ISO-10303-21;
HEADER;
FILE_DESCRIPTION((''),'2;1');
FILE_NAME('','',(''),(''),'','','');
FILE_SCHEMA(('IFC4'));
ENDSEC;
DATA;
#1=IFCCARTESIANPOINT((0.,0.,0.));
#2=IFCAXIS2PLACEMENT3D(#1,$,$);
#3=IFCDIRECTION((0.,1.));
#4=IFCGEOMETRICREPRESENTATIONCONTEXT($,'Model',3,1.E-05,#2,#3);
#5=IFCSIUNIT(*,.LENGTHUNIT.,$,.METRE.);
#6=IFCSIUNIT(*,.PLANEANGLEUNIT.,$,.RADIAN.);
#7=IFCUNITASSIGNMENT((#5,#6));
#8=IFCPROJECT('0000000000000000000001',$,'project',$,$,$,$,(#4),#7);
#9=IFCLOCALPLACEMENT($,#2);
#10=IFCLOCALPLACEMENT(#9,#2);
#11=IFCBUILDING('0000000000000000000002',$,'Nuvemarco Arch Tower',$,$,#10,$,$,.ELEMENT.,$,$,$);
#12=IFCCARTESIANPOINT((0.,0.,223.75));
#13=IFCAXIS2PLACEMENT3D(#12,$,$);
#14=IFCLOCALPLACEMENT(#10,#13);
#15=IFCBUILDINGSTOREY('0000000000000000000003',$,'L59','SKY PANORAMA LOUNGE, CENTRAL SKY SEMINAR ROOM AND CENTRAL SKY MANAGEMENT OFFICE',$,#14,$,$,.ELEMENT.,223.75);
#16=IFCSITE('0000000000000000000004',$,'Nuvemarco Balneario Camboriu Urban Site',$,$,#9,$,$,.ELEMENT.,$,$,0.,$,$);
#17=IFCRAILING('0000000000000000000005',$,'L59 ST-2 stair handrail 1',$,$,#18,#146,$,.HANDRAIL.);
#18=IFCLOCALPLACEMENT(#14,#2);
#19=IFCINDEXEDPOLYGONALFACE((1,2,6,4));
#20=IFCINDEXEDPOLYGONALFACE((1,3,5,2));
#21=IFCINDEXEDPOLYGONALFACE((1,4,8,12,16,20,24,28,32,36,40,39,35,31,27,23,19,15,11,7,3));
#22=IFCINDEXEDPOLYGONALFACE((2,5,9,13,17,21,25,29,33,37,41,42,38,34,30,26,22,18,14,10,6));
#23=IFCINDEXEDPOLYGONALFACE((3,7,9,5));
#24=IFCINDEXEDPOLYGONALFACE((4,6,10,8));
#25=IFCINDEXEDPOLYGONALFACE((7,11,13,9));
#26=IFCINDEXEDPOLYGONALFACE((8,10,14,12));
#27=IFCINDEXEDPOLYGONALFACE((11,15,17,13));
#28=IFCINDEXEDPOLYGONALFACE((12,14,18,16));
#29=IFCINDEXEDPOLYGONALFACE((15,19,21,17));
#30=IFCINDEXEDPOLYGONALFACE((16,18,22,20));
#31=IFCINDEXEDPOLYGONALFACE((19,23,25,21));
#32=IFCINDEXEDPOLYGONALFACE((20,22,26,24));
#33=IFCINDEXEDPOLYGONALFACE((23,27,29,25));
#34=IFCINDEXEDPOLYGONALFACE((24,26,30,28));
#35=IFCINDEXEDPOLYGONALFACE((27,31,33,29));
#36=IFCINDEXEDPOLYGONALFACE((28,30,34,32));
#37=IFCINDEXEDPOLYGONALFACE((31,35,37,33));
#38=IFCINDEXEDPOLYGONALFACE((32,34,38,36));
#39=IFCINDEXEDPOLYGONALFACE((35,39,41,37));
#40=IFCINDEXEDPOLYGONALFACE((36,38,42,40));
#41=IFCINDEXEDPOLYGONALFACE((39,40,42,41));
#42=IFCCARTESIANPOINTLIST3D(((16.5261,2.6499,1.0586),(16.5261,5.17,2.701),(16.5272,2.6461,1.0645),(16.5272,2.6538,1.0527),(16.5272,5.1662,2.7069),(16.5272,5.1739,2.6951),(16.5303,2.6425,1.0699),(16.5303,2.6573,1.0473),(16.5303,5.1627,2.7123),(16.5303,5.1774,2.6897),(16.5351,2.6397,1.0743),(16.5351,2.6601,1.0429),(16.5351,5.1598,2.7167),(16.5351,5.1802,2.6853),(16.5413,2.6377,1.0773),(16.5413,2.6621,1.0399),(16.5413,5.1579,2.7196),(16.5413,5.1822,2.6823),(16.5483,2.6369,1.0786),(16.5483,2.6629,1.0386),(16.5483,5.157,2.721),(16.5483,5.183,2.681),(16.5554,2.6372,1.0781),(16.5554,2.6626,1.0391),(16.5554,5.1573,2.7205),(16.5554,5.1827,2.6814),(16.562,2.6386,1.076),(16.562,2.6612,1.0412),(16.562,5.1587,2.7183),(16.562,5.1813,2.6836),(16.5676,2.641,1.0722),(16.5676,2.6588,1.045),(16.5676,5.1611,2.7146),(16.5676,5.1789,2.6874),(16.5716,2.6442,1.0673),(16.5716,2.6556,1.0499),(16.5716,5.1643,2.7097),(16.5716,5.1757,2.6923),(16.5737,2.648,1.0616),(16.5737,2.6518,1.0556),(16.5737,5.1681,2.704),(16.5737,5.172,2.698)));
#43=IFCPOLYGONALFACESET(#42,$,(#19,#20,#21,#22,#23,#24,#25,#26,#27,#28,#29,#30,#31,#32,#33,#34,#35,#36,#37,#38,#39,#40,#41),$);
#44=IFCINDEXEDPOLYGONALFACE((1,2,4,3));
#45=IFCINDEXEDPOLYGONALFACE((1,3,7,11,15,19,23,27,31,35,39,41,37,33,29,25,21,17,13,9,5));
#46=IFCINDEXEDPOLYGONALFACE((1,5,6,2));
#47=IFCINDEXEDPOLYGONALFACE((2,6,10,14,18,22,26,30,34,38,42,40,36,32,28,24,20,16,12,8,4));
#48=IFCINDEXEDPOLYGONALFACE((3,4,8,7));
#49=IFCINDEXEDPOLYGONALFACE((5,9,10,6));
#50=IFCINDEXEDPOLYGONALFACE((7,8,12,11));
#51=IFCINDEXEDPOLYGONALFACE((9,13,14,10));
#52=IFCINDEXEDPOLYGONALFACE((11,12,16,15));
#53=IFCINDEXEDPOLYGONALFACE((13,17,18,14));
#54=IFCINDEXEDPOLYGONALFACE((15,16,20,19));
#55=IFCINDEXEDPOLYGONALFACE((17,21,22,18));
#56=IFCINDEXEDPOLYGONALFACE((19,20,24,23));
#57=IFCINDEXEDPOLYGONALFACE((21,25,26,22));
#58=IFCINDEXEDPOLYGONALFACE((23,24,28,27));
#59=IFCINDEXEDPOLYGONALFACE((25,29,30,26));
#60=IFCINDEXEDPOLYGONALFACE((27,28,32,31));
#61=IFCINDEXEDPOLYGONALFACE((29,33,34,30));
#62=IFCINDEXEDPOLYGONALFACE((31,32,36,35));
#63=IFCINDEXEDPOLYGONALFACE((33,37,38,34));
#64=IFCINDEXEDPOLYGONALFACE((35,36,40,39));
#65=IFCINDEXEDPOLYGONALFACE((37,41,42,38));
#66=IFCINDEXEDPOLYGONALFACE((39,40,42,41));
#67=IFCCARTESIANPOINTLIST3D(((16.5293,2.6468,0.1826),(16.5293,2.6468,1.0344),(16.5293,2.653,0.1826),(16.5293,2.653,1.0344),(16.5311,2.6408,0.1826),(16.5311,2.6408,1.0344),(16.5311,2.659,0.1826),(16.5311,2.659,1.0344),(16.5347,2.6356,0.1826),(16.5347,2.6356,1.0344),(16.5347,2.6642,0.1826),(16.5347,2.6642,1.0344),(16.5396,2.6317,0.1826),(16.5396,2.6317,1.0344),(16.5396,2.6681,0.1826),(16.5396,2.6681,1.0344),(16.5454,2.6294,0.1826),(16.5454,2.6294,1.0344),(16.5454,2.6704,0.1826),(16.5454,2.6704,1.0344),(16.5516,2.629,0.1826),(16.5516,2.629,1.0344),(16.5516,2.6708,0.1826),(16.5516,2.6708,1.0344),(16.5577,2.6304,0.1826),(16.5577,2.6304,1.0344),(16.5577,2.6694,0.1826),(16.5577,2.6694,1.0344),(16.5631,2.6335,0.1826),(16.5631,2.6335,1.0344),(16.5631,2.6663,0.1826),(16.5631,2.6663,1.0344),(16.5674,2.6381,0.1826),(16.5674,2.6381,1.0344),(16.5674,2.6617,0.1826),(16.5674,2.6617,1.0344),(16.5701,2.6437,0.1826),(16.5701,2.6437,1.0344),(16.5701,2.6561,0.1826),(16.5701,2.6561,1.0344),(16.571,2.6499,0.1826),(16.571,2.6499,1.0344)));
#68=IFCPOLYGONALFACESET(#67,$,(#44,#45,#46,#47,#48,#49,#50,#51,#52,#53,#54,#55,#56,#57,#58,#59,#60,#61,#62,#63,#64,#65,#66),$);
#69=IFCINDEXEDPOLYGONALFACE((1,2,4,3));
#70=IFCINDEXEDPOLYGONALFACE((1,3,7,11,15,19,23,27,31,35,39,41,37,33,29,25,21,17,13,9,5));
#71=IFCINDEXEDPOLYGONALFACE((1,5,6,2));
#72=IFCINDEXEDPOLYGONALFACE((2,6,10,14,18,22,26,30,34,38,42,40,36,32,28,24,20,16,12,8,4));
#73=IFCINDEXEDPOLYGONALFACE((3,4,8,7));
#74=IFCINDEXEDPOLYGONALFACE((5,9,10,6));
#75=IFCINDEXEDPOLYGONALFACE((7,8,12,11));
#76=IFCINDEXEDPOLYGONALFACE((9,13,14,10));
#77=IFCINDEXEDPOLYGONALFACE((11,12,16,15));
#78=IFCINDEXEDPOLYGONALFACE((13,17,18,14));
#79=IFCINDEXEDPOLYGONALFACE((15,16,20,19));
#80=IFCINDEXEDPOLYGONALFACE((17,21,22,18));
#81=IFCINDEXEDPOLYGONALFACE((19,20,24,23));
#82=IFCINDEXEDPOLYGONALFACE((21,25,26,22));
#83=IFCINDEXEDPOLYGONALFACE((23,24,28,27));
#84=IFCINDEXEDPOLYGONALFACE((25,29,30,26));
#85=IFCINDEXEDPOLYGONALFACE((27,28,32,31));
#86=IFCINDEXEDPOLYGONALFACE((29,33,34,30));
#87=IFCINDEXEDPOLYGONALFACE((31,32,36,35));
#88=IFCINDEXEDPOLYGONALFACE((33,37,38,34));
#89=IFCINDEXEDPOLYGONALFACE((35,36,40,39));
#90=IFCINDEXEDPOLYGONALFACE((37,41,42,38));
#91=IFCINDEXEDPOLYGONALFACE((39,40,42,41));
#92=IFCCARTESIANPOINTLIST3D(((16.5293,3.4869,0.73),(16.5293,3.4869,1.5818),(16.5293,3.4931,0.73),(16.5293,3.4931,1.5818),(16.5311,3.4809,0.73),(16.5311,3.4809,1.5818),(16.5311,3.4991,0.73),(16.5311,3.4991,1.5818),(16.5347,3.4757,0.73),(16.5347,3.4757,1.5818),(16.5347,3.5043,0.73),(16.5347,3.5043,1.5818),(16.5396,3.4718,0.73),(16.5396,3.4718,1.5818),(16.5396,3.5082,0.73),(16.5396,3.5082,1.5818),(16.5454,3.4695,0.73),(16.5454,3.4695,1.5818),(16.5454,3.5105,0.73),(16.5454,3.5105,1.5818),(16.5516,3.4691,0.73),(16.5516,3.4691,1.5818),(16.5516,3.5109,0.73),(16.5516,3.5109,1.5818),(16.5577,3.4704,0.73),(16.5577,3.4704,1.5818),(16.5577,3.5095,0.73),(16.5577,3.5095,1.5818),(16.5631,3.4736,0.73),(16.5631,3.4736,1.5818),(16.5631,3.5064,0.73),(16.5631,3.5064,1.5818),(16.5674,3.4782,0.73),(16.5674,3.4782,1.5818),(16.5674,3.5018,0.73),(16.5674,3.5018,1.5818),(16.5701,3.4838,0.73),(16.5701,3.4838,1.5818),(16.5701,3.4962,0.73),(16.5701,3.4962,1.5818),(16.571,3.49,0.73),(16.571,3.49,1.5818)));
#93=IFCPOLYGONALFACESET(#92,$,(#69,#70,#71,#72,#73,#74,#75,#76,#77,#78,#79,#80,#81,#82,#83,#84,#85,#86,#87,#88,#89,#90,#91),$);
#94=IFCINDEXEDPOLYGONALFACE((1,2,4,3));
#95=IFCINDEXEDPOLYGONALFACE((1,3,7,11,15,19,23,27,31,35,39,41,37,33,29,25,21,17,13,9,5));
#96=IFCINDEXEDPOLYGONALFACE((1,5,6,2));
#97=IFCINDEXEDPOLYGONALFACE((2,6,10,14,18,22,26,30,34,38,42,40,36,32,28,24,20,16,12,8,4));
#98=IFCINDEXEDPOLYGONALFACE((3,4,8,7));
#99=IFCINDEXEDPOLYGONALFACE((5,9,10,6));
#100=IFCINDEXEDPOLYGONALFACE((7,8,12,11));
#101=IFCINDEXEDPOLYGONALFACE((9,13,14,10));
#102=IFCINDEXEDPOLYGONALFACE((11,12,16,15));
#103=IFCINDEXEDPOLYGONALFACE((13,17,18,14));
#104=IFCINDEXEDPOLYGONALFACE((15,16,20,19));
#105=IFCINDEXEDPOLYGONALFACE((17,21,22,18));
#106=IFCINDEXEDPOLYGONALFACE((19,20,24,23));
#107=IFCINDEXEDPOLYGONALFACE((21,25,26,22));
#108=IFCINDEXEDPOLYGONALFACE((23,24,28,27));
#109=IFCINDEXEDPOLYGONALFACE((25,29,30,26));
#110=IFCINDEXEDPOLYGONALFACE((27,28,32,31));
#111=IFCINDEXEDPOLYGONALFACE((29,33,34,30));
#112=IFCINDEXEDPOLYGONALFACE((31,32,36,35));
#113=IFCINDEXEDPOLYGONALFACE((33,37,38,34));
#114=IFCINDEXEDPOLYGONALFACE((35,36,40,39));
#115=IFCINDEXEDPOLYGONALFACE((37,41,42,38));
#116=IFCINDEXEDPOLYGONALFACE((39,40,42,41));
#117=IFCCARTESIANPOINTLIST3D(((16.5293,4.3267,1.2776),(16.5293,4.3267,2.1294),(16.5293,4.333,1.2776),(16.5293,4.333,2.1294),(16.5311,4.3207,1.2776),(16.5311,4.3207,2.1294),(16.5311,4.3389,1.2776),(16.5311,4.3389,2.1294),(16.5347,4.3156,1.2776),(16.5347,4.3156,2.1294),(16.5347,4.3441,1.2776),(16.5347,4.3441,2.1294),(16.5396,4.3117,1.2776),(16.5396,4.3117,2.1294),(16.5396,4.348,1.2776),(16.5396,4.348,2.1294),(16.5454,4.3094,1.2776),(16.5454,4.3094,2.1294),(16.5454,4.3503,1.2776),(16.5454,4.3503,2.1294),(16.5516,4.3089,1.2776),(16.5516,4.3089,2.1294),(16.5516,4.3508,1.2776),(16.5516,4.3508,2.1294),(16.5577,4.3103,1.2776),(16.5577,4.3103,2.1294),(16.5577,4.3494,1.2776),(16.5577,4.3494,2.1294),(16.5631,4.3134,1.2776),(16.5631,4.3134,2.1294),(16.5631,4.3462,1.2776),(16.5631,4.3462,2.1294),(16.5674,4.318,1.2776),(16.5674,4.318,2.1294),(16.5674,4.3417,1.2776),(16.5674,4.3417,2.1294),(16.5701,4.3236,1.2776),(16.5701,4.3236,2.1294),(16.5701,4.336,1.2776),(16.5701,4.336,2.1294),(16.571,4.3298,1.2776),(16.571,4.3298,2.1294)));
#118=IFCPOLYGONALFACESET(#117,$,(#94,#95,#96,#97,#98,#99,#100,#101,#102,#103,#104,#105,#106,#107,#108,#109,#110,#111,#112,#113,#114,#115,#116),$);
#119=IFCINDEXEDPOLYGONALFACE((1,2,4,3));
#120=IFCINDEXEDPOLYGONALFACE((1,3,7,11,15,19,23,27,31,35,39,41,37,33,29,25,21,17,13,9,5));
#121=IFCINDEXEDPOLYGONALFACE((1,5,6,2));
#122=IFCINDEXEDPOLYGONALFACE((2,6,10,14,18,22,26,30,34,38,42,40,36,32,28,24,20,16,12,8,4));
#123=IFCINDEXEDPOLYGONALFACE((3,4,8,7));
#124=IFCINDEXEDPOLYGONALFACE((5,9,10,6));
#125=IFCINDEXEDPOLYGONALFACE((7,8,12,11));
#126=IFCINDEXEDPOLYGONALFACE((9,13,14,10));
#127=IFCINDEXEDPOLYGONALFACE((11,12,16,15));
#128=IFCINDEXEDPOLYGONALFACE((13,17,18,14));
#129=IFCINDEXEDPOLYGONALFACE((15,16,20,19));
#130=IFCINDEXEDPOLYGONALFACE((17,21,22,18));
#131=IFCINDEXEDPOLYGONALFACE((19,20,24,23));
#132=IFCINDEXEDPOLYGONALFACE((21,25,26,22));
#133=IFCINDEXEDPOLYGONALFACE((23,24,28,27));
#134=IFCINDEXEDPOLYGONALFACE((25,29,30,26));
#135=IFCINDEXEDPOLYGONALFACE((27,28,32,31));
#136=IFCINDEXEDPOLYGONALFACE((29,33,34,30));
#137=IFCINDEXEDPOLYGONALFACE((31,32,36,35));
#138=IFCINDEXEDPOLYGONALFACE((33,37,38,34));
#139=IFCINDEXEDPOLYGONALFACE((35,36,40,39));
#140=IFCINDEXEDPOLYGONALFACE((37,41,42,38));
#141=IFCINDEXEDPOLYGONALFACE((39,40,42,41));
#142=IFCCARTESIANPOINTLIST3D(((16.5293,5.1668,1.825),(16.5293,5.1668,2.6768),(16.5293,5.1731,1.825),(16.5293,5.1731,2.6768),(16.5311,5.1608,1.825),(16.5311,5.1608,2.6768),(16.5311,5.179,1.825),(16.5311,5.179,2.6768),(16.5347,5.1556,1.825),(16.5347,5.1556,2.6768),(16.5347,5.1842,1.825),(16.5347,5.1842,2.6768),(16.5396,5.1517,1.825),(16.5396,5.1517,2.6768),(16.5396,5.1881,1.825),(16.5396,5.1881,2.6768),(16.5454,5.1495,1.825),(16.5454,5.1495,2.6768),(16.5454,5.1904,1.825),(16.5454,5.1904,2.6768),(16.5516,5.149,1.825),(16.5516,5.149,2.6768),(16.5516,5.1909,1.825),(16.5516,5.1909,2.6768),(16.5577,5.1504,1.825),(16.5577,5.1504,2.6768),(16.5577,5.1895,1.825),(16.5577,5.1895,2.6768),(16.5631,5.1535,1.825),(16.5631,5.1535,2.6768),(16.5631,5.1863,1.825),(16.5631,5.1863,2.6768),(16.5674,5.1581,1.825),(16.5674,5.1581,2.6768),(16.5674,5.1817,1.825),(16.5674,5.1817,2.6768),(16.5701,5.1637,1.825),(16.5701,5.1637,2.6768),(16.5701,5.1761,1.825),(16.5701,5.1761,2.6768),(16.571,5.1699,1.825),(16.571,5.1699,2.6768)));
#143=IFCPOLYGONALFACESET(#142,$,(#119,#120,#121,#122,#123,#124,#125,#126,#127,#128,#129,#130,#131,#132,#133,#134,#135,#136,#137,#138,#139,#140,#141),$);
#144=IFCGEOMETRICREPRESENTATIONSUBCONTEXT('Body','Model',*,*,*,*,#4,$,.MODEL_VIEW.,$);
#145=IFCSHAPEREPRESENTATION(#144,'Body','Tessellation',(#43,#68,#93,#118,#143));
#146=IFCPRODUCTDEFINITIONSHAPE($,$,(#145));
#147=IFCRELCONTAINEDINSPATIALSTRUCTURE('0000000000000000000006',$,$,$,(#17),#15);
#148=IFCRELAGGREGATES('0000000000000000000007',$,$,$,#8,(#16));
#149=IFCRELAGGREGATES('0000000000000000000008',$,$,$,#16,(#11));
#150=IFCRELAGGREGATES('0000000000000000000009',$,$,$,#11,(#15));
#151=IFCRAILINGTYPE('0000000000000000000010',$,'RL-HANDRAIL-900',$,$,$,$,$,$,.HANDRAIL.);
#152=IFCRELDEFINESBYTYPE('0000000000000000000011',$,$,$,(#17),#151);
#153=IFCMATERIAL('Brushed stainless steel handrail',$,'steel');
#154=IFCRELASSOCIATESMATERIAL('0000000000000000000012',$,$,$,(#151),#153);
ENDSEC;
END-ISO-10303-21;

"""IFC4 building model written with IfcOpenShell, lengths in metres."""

from ifc_helpers import new_model, si_unit, direction, frame, origin, origin_2d, place, context, subcontext, project, spatial, circle, extrude, material, type_object, element, save


model = new_model("IFC4")

# Units and contexts
model_context = context("Model", 3, precision=1e-05, world=origin(), true_north=direction((0.0, 1.0)))
body_context = subcontext(model_context, "Body", "Model", "MODEL_VIEW")
ifc_project = project(units=[si_unit("LENGTHUNIT", "METRE"), si_unit("PLANEANGLEUNIT", "RADIAN")], contexts=[model_context])

# Site, building, storey
site_placement = place(None, origin())
site = spatial("IfcSite", under=ifc_project, at=site_placement, Name="Nuvemarco Balneario Camboriu Urban Site", CompositionType="ELEMENT", RefElevation=0.0)
building_placement = place(site_placement, origin())
building = spatial("IfcBuilding", under=site, at=building_placement, Name="Nuvemarco Arch Tower", CompositionType="ELEMENT")
storey_placement = place(building_placement, frame((0.0, 0.0, 223.75)))
storey = spatial("IfcBuildingStorey", under=building, at=storey_placement, Name="L59", Description="SKY PANORAMA LOUNGE, CENTRAL SKY SEMINAR ROOM AND CENTRAL SKY MANAGEMENT OFFICE", CompositionType="ELEMENT", Elevation=223.75)

# Railing
ifc_material_1 = material(Name="Brushed stainless steel handrail", Category="steel")
railing_type_1 = type_object("IfcRailingType", Name="RL-HANDRAIL-900", PredefinedType="HANDRAIL", material=ifc_material_1)
railing_1_placement = place(storey_placement, frame((16.55, 2.6499, 0.1826)))
element("IfcRailing", 1, at=railing_1_placement, inside=storey, type_object=railing_type_1, Name="L59 ST-2 stair handrail 1", PredefinedType="HANDRAIL", context=body_context, shape_type="SweptSolid", body=[
    extrude(circle(Radius=0.0239, at=origin_2d()), frame((0.0, 0.0, 0.876), z_axis=(0.0, 0.837787, 0.545998), x_axis=(-1.0, 0.0, 0.0)), (0.0, 0.0, 1.0), 3.0081),
    extrude(circle(Radius=0.021, at=origin_2d()), origin(), (0.0, 0.0, 1.0), 0.8518),
    extrude(circle(Radius=0.021, at=origin_2d()), frame((0.0, 0.8401, 0.5474)), (0.0, 0.0, 1.0), 0.8518),
    extrude(circle(Radius=0.021, at=origin_2d()), frame((0.0, 1.6799, 1.095)), (0.0, 0.0, 1.0), 0.8518),
    extrude(circle(Radius=0.021, at=origin_2d()), frame((0.0, 2.52, 1.6423)), (0.0, 0.0, 1.0), 0.8518),
])

save(model, "model.ifc")
